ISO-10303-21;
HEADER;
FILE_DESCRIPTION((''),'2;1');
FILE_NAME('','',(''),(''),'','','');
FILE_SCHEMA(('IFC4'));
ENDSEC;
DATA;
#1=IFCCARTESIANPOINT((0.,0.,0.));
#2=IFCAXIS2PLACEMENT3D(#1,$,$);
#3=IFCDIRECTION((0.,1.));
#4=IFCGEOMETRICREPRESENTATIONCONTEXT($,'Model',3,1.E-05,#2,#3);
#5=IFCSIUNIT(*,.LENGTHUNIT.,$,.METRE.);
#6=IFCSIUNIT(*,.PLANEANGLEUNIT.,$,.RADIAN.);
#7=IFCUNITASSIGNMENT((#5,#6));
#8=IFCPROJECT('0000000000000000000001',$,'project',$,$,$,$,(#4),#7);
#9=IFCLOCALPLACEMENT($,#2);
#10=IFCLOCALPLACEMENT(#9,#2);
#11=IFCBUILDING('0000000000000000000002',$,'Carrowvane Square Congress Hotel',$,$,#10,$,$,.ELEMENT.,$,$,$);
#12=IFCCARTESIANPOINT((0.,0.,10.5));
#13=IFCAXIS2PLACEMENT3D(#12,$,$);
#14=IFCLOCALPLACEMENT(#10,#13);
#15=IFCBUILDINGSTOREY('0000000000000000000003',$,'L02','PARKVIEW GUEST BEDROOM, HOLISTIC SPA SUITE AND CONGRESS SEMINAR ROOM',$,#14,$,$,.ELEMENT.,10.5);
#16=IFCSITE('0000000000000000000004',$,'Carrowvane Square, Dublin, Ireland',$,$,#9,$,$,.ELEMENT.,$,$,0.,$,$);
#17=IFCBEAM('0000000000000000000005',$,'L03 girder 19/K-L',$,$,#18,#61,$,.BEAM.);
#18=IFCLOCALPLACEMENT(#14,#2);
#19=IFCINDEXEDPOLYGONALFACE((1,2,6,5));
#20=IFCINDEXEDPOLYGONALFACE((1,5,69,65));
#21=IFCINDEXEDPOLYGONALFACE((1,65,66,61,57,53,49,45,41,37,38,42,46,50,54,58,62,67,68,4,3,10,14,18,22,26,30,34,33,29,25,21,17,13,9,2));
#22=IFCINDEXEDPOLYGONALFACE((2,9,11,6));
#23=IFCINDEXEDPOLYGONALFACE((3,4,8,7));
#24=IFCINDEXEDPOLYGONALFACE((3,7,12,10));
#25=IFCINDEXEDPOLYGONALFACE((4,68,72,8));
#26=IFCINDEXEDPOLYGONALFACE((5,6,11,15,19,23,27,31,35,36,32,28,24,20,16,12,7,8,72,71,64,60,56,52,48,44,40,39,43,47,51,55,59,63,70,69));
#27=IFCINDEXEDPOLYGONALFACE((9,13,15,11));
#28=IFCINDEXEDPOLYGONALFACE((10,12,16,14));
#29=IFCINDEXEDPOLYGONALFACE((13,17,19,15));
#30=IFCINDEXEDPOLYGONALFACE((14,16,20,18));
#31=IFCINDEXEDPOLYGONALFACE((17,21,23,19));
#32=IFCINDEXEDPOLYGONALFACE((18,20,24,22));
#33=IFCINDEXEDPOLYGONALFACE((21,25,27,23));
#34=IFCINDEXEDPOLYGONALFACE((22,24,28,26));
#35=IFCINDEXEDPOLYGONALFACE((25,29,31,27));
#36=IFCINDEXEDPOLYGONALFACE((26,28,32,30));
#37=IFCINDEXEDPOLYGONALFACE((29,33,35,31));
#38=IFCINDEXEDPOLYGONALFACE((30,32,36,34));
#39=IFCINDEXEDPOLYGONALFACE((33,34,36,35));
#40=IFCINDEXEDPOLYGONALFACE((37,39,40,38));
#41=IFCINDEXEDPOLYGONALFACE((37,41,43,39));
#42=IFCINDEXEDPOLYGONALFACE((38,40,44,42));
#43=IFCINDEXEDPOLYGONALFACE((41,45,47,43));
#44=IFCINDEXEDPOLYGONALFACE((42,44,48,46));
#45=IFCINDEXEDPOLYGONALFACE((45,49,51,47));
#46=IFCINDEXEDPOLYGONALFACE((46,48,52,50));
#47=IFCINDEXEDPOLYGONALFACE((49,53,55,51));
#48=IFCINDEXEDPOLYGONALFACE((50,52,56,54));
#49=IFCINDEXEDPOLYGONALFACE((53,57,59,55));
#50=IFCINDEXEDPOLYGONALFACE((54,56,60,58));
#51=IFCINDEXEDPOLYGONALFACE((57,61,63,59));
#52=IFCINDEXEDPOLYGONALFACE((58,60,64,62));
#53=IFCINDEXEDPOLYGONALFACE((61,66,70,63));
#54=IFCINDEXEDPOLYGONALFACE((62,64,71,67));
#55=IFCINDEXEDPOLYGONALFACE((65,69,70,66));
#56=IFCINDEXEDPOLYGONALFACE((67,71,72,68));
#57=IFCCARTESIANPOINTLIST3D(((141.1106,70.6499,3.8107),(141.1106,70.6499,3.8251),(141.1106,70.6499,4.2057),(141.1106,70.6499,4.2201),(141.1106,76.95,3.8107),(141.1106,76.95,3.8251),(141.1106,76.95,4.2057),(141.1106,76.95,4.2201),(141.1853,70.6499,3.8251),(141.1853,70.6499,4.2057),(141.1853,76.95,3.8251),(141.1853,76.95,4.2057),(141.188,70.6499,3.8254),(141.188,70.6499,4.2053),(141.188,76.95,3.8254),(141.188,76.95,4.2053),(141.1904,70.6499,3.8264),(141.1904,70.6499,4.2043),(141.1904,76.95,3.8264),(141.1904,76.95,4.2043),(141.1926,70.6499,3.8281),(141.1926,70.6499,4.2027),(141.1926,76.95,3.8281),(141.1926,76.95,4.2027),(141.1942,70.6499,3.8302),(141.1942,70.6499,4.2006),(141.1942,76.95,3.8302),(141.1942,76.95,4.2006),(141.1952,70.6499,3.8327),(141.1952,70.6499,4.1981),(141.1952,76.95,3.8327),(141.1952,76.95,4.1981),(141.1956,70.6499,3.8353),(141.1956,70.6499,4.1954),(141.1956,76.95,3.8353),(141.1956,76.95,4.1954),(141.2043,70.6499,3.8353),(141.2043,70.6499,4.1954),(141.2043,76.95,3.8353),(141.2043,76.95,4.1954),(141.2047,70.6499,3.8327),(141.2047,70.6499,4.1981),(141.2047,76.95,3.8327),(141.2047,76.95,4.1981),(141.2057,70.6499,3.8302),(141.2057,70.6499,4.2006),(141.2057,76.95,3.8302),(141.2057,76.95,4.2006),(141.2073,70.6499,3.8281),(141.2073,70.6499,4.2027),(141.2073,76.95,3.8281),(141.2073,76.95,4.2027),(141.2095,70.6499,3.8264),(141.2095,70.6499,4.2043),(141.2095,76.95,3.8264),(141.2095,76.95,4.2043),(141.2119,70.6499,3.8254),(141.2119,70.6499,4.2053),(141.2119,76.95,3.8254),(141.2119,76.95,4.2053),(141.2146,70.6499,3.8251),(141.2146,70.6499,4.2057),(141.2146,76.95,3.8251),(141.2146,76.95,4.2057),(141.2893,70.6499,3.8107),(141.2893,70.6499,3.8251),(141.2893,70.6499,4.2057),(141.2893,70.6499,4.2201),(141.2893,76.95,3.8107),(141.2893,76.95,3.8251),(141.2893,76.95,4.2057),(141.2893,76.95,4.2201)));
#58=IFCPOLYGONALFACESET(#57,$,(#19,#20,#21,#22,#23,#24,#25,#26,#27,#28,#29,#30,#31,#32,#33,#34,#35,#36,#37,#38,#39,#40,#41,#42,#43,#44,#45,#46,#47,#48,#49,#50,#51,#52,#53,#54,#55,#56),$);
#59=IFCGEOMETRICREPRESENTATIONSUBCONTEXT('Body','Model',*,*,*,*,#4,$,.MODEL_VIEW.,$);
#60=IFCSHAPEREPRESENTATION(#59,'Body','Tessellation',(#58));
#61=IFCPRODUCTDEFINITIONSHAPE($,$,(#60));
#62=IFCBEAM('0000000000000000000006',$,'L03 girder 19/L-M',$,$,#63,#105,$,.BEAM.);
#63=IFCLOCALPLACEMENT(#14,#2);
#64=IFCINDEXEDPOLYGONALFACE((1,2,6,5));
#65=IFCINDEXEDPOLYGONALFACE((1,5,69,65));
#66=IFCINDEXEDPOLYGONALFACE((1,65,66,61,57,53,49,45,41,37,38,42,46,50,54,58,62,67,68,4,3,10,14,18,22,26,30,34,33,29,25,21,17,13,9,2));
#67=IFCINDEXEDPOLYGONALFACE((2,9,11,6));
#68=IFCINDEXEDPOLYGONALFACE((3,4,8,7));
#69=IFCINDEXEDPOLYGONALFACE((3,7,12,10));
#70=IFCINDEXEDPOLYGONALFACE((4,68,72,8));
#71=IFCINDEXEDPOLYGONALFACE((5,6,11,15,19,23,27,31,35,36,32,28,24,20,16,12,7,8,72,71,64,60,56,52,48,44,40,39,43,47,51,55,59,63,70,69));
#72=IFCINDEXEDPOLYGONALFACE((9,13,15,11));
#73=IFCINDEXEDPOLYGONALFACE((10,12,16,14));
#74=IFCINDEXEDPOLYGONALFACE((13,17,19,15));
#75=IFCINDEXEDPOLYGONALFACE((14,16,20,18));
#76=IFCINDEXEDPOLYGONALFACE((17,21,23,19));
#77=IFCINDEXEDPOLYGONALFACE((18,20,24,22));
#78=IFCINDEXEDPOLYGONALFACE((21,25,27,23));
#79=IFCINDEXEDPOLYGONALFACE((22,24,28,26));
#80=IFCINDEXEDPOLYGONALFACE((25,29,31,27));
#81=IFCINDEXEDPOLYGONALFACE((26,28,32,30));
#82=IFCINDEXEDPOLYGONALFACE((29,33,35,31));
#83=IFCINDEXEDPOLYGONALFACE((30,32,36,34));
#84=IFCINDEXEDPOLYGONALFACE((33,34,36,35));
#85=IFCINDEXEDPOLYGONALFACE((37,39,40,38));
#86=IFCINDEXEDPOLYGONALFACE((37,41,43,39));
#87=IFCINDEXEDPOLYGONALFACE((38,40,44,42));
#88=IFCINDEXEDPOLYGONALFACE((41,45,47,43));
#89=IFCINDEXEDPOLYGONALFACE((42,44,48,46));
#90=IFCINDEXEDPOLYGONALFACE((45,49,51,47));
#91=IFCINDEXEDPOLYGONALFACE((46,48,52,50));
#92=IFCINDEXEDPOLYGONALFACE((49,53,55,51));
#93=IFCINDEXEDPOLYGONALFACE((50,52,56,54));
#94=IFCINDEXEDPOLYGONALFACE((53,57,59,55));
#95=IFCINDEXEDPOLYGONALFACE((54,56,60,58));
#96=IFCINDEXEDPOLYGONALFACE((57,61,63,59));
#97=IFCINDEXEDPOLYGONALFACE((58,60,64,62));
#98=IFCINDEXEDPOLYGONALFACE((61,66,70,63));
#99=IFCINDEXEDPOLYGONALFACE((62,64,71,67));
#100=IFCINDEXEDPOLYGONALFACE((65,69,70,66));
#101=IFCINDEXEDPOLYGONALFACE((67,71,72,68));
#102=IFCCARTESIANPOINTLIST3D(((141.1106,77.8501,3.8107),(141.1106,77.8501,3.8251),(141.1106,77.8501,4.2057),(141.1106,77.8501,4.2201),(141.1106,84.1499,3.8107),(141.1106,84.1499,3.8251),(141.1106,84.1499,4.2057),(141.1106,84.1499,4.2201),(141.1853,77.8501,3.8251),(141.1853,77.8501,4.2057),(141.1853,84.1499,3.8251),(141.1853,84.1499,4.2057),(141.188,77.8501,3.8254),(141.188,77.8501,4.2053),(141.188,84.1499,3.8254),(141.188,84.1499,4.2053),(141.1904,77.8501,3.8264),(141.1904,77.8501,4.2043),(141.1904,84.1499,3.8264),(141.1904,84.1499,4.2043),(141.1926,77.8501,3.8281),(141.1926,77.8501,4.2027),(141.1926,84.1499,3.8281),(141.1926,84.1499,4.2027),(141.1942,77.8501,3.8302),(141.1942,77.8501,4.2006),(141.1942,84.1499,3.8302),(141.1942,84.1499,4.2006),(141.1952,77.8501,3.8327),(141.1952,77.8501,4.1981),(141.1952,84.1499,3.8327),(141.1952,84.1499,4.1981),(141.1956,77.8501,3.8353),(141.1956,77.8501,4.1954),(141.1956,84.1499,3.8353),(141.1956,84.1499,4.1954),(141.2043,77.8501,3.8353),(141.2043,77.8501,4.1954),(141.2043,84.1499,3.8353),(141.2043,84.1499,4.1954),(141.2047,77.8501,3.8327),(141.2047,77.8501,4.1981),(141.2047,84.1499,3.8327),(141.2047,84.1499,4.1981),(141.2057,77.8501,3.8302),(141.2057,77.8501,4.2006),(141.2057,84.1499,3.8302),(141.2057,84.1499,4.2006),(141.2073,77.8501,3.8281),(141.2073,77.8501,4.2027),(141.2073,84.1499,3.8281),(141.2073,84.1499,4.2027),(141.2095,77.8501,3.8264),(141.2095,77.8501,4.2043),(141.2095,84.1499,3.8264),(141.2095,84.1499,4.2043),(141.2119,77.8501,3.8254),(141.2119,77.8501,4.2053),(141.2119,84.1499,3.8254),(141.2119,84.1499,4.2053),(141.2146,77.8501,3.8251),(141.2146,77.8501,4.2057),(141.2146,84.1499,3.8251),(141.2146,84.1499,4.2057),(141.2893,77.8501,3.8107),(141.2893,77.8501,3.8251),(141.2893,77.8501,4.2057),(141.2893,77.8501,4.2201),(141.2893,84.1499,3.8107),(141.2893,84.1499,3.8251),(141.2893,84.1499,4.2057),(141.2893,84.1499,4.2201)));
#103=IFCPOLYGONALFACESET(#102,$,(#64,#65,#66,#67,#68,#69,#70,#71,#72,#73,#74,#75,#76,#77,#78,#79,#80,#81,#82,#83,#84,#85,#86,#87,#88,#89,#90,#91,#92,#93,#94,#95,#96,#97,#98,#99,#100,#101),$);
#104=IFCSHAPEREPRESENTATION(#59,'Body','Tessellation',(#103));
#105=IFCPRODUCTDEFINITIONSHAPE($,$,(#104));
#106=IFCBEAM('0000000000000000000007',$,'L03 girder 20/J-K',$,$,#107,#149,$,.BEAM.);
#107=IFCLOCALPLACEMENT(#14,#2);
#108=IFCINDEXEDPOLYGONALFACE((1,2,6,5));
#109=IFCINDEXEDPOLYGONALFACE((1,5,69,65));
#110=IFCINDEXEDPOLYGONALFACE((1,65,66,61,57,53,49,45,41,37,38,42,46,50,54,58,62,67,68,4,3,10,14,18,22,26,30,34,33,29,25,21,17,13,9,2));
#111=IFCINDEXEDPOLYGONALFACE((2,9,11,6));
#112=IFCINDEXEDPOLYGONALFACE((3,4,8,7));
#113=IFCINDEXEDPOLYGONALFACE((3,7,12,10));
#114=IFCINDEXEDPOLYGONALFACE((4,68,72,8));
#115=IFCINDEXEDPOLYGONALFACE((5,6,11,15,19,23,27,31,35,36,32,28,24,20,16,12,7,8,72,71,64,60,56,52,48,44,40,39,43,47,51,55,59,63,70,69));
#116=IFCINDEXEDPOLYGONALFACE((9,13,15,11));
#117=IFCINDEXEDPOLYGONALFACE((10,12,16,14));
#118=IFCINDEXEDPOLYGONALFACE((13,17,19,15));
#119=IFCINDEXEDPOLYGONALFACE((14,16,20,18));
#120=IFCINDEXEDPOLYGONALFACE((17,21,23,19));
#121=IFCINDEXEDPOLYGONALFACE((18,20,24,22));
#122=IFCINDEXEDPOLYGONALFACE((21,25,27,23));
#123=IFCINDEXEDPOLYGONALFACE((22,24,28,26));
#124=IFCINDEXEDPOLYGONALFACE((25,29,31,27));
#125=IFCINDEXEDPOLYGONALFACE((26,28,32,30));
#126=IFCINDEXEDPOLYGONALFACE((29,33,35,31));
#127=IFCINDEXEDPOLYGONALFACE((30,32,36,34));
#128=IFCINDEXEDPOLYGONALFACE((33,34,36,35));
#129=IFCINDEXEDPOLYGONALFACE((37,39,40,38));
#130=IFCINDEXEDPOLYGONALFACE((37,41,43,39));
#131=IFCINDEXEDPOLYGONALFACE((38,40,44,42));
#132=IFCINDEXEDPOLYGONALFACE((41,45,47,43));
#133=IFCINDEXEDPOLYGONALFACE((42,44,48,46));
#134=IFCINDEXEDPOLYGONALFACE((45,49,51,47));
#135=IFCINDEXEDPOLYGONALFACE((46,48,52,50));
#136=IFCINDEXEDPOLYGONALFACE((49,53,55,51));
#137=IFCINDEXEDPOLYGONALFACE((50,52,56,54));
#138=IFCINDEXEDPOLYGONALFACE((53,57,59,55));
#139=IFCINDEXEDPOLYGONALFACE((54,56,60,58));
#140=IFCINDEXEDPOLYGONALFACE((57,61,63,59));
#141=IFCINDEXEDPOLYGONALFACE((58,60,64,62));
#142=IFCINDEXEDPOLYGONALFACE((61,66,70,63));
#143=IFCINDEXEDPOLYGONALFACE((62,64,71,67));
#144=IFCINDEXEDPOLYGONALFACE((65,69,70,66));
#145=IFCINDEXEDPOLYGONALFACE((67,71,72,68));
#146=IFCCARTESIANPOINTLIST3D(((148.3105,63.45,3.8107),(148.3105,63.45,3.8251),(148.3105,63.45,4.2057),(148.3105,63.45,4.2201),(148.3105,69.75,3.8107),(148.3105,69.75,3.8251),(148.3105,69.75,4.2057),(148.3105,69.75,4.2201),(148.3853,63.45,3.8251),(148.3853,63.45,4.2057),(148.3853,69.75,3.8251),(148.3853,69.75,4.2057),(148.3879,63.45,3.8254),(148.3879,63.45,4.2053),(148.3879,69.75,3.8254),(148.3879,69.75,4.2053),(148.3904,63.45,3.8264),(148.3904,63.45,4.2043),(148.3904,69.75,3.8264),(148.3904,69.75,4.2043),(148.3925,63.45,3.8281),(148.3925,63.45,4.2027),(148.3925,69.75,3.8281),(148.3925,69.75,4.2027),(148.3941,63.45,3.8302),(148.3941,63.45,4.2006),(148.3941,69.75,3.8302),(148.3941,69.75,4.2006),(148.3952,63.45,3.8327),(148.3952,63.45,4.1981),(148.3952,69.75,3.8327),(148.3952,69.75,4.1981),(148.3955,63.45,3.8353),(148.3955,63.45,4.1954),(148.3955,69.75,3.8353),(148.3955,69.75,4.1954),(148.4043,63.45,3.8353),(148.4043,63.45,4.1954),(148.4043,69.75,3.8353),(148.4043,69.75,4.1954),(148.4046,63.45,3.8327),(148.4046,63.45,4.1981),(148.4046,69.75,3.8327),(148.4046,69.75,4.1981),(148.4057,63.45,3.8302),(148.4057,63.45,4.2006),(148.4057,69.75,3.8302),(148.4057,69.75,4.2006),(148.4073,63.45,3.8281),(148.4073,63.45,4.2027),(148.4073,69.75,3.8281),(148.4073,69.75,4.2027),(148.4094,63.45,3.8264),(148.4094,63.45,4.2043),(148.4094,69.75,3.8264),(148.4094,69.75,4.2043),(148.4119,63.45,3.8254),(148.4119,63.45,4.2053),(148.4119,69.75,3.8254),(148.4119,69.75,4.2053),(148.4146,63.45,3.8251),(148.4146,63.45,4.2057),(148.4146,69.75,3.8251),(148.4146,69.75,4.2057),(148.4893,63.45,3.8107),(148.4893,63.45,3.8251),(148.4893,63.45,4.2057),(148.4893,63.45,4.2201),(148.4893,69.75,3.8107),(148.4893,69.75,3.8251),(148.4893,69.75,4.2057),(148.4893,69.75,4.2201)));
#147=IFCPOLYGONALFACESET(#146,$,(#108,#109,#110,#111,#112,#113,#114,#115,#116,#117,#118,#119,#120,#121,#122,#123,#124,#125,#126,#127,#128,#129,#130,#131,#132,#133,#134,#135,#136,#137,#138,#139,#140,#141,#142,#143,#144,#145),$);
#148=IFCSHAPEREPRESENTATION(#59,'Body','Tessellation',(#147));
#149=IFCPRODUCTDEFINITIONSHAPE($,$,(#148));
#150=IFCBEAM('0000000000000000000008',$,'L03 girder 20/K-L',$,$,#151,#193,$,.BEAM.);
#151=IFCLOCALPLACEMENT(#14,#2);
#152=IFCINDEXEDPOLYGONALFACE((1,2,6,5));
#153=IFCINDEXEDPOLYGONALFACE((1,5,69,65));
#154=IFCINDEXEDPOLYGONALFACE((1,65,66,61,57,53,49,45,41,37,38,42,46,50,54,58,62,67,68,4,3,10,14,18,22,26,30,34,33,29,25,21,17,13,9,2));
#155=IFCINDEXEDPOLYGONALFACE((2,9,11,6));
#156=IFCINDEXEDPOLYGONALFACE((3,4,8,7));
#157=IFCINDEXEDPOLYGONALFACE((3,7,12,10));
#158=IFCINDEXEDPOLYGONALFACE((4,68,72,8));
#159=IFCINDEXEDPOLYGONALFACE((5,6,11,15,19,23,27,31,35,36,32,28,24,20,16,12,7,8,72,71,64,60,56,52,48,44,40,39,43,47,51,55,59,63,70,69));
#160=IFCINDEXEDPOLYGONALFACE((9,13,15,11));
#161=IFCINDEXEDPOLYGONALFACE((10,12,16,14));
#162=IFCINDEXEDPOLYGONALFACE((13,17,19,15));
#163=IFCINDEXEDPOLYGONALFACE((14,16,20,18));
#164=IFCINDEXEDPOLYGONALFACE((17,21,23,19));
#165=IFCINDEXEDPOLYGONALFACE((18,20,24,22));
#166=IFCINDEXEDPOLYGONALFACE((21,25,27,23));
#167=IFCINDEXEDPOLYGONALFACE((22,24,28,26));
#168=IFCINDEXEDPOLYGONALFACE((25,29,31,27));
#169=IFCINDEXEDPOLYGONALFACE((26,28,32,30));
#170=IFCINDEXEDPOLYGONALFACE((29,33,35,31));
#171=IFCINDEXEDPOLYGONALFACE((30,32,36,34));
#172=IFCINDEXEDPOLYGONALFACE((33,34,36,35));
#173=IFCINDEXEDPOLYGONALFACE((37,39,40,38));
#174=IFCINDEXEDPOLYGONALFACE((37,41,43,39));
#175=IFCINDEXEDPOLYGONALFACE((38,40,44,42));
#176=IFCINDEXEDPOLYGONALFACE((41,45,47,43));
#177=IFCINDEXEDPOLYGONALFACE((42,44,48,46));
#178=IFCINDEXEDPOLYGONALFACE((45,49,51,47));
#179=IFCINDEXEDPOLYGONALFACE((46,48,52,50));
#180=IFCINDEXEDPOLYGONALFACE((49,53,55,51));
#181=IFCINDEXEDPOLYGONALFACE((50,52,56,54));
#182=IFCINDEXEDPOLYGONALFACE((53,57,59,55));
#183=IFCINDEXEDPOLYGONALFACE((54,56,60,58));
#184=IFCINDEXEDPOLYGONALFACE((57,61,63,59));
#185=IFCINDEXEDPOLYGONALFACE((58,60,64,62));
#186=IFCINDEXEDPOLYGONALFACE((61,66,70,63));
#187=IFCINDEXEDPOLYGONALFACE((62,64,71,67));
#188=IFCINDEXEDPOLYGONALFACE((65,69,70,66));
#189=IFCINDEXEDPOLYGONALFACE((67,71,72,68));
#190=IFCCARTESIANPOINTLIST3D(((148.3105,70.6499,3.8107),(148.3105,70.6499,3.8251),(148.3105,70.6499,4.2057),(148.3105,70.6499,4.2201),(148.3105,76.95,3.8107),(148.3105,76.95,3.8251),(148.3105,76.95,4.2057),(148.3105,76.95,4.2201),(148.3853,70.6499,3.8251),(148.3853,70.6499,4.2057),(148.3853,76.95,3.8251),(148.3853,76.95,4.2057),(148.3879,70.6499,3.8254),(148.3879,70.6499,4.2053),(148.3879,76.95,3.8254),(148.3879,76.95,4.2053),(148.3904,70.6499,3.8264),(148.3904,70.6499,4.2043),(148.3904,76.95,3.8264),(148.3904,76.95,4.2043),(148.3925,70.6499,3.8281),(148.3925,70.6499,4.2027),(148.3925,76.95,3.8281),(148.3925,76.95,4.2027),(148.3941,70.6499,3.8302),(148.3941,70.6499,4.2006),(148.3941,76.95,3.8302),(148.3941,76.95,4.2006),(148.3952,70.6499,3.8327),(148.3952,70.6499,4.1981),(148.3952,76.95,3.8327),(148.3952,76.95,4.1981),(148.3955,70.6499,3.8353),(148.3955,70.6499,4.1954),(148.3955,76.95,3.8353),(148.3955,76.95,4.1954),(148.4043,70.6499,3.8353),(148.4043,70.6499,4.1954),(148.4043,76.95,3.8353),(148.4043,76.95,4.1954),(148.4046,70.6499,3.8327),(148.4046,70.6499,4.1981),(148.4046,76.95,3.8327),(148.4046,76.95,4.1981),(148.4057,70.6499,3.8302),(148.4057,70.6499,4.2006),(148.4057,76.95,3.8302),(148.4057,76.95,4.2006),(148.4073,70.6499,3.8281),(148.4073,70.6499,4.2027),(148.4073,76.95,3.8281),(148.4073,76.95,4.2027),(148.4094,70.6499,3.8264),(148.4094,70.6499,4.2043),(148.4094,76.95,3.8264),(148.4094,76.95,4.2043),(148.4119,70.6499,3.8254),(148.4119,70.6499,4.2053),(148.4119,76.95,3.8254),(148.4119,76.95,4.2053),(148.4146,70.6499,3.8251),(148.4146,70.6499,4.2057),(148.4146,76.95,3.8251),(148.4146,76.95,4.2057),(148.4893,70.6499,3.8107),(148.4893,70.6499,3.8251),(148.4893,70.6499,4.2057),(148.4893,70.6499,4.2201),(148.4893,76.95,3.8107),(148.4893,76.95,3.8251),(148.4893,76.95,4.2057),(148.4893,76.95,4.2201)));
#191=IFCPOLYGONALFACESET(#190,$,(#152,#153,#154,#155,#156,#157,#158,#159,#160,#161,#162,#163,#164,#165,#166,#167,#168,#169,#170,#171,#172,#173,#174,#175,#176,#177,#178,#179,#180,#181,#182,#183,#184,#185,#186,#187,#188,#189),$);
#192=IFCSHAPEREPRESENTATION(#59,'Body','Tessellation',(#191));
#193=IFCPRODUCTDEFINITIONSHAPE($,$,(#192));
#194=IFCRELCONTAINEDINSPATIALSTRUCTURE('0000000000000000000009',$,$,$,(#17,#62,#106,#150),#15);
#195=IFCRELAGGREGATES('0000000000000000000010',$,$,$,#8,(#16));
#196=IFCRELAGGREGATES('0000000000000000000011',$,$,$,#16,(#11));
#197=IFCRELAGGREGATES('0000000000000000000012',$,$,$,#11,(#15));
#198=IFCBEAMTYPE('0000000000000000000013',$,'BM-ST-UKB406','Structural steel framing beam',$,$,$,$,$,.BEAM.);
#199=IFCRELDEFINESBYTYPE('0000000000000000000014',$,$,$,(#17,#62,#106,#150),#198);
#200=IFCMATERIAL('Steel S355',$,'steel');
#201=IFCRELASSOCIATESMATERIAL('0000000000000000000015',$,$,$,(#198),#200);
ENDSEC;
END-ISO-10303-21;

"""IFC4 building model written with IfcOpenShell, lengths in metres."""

from ifc_helpers import new_model, si_unit, direction, frame, origin, origin_2d, place, context, subcontext, project, spatial, i_section, extrude, material, material_profile, profile_set, type_object, element, save


model = new_model("IFC4")

# Units and contexts
model_context = context("Model", 3, precision=1e-05, world=origin(), true_north=direction((0.0, 1.0)))
body_context = subcontext(model_context, "Body", "Model", "MODEL_VIEW")
ifc_project = project(units=[si_unit("LENGTHUNIT", "METRE"), si_unit("PLANEANGLEUNIT", "RADIAN")], contexts=[model_context])

# Site, building, storey
site_placement = place(None, origin())
site = spatial("IfcSite", under=ifc_project, at=site_placement, Name="Carrowvane Square, Dublin, Ireland", CompositionType="ELEMENT", RefElevation=0.0)
building_placement = place(site_placement, origin())
building = spatial("IfcBuilding", under=site, at=building_placement, Name="Carrowvane Square Congress Hotel", CompositionType="ELEMENT")
storey_placement = place(building_placement, frame((0.0, 0.0, 10.5)))
storey = spatial("IfcBuildingStorey", under=building, at=storey_placement, Name="L02", Description="PARKVIEW GUEST BEDROOM, HOLISTIC SPA SUITE AND CONGRESS SEMINAR ROOM", CompositionType="ELEMENT", Elevation=10.5)

# Beams
ifc_material_1 = material(Name="Steel S355", Category="steel")
ifc_material_profile_1 = material_profile(ifc_material_1, i_section(OverallWidth=0.1787, OverallDepth=0.4094, WebThickness=0.0088, FlangeThickness=0.0144, FilletRadius=0.0103, at=origin_2d()), Name="UKB 406x178x67")
ifc_profile_set_1 = profile_set([ifc_material_profile_1], Name="Steel S355")
beam_type_1 = type_object("IfcBeamType", Name="BM-ST-UKB406", Description="Structural steel framing beam", PredefinedType="BEAM", material=ifc_profile_set_1)
for number, where, z_axis, x_axis, name in (
    (1, (141.2, 70.6499, 4.0154), (0.0, 1.0, 0.0), (-1.0, 0.0, 0.0), "L03 girder 19/K-L"),
):
    element("IfcBeam", number, at=place(storey_placement, frame(where, z_axis=z_axis, x_axis=x_axis)), inside=storey, type_object=beam_type_1, Name=name, PredefinedType="BEAM", context=body_context, shape_type="SweptSolid", body=[
        extrude(i_section(OverallWidth=0.1787, OverallDepth=0.4094, WebThickness=0.0088, FlangeThickness=0.0144, FilletRadius=0.0103, at=origin_2d()), origin(), (0.0, 0.0, 1.0), 6.3),
    ])
beam_1_placement = place(storey_placement, frame((141.2, 77.8501, 4.0154), z_axis=(0.0, 1.0, 0.0), x_axis=(-1.0, 0.0, 0.0)))
element("IfcBeam", 2, at=beam_1_placement, inside=storey, type_object=beam_type_1, Name="L03 girder 19/L-M", PredefinedType="BEAM", context=body_context, shape_type="SweptSolid", body=[
    extrude(i_section(OverallWidth=0.1787, OverallDepth=0.4094, WebThickness=0.0088, FlangeThickness=0.0144, FilletRadius=0.0103, at=origin_2d()), origin(), (0.0, 0.0, 1.0), 6.2998),
])
for number, where, z_axis, x_axis, name in (
    (3, (148.3999, 63.45, 4.0154), (0.0, 1.0, 0.0), (-1.0, 0.0, 0.0), "L03 girder 20/J-K"),
    (4, (148.3999, 70.6499, 4.0154), (0.0, 1.0, 0.0), (-1.0, 0.0, 0.0), "L03 girder 20/K-L"),
):
    element("IfcBeam", number, at=place(storey_placement, frame(where, z_axis=z_axis, x_axis=x_axis)), inside=storey, type_object=beam_type_1, Name=name, PredefinedType="BEAM", context=body_context, shape_type="SweptSolid", body=[
        extrude(i_section(OverallWidth=0.1787, OverallDepth=0.4094, WebThickness=0.0088, FlangeThickness=0.0144, FilletRadius=0.0103, at=origin_2d()), origin(), (0.0, 0.0, 1.0), 6.3),
    ])

save(model, "model.ifc")
